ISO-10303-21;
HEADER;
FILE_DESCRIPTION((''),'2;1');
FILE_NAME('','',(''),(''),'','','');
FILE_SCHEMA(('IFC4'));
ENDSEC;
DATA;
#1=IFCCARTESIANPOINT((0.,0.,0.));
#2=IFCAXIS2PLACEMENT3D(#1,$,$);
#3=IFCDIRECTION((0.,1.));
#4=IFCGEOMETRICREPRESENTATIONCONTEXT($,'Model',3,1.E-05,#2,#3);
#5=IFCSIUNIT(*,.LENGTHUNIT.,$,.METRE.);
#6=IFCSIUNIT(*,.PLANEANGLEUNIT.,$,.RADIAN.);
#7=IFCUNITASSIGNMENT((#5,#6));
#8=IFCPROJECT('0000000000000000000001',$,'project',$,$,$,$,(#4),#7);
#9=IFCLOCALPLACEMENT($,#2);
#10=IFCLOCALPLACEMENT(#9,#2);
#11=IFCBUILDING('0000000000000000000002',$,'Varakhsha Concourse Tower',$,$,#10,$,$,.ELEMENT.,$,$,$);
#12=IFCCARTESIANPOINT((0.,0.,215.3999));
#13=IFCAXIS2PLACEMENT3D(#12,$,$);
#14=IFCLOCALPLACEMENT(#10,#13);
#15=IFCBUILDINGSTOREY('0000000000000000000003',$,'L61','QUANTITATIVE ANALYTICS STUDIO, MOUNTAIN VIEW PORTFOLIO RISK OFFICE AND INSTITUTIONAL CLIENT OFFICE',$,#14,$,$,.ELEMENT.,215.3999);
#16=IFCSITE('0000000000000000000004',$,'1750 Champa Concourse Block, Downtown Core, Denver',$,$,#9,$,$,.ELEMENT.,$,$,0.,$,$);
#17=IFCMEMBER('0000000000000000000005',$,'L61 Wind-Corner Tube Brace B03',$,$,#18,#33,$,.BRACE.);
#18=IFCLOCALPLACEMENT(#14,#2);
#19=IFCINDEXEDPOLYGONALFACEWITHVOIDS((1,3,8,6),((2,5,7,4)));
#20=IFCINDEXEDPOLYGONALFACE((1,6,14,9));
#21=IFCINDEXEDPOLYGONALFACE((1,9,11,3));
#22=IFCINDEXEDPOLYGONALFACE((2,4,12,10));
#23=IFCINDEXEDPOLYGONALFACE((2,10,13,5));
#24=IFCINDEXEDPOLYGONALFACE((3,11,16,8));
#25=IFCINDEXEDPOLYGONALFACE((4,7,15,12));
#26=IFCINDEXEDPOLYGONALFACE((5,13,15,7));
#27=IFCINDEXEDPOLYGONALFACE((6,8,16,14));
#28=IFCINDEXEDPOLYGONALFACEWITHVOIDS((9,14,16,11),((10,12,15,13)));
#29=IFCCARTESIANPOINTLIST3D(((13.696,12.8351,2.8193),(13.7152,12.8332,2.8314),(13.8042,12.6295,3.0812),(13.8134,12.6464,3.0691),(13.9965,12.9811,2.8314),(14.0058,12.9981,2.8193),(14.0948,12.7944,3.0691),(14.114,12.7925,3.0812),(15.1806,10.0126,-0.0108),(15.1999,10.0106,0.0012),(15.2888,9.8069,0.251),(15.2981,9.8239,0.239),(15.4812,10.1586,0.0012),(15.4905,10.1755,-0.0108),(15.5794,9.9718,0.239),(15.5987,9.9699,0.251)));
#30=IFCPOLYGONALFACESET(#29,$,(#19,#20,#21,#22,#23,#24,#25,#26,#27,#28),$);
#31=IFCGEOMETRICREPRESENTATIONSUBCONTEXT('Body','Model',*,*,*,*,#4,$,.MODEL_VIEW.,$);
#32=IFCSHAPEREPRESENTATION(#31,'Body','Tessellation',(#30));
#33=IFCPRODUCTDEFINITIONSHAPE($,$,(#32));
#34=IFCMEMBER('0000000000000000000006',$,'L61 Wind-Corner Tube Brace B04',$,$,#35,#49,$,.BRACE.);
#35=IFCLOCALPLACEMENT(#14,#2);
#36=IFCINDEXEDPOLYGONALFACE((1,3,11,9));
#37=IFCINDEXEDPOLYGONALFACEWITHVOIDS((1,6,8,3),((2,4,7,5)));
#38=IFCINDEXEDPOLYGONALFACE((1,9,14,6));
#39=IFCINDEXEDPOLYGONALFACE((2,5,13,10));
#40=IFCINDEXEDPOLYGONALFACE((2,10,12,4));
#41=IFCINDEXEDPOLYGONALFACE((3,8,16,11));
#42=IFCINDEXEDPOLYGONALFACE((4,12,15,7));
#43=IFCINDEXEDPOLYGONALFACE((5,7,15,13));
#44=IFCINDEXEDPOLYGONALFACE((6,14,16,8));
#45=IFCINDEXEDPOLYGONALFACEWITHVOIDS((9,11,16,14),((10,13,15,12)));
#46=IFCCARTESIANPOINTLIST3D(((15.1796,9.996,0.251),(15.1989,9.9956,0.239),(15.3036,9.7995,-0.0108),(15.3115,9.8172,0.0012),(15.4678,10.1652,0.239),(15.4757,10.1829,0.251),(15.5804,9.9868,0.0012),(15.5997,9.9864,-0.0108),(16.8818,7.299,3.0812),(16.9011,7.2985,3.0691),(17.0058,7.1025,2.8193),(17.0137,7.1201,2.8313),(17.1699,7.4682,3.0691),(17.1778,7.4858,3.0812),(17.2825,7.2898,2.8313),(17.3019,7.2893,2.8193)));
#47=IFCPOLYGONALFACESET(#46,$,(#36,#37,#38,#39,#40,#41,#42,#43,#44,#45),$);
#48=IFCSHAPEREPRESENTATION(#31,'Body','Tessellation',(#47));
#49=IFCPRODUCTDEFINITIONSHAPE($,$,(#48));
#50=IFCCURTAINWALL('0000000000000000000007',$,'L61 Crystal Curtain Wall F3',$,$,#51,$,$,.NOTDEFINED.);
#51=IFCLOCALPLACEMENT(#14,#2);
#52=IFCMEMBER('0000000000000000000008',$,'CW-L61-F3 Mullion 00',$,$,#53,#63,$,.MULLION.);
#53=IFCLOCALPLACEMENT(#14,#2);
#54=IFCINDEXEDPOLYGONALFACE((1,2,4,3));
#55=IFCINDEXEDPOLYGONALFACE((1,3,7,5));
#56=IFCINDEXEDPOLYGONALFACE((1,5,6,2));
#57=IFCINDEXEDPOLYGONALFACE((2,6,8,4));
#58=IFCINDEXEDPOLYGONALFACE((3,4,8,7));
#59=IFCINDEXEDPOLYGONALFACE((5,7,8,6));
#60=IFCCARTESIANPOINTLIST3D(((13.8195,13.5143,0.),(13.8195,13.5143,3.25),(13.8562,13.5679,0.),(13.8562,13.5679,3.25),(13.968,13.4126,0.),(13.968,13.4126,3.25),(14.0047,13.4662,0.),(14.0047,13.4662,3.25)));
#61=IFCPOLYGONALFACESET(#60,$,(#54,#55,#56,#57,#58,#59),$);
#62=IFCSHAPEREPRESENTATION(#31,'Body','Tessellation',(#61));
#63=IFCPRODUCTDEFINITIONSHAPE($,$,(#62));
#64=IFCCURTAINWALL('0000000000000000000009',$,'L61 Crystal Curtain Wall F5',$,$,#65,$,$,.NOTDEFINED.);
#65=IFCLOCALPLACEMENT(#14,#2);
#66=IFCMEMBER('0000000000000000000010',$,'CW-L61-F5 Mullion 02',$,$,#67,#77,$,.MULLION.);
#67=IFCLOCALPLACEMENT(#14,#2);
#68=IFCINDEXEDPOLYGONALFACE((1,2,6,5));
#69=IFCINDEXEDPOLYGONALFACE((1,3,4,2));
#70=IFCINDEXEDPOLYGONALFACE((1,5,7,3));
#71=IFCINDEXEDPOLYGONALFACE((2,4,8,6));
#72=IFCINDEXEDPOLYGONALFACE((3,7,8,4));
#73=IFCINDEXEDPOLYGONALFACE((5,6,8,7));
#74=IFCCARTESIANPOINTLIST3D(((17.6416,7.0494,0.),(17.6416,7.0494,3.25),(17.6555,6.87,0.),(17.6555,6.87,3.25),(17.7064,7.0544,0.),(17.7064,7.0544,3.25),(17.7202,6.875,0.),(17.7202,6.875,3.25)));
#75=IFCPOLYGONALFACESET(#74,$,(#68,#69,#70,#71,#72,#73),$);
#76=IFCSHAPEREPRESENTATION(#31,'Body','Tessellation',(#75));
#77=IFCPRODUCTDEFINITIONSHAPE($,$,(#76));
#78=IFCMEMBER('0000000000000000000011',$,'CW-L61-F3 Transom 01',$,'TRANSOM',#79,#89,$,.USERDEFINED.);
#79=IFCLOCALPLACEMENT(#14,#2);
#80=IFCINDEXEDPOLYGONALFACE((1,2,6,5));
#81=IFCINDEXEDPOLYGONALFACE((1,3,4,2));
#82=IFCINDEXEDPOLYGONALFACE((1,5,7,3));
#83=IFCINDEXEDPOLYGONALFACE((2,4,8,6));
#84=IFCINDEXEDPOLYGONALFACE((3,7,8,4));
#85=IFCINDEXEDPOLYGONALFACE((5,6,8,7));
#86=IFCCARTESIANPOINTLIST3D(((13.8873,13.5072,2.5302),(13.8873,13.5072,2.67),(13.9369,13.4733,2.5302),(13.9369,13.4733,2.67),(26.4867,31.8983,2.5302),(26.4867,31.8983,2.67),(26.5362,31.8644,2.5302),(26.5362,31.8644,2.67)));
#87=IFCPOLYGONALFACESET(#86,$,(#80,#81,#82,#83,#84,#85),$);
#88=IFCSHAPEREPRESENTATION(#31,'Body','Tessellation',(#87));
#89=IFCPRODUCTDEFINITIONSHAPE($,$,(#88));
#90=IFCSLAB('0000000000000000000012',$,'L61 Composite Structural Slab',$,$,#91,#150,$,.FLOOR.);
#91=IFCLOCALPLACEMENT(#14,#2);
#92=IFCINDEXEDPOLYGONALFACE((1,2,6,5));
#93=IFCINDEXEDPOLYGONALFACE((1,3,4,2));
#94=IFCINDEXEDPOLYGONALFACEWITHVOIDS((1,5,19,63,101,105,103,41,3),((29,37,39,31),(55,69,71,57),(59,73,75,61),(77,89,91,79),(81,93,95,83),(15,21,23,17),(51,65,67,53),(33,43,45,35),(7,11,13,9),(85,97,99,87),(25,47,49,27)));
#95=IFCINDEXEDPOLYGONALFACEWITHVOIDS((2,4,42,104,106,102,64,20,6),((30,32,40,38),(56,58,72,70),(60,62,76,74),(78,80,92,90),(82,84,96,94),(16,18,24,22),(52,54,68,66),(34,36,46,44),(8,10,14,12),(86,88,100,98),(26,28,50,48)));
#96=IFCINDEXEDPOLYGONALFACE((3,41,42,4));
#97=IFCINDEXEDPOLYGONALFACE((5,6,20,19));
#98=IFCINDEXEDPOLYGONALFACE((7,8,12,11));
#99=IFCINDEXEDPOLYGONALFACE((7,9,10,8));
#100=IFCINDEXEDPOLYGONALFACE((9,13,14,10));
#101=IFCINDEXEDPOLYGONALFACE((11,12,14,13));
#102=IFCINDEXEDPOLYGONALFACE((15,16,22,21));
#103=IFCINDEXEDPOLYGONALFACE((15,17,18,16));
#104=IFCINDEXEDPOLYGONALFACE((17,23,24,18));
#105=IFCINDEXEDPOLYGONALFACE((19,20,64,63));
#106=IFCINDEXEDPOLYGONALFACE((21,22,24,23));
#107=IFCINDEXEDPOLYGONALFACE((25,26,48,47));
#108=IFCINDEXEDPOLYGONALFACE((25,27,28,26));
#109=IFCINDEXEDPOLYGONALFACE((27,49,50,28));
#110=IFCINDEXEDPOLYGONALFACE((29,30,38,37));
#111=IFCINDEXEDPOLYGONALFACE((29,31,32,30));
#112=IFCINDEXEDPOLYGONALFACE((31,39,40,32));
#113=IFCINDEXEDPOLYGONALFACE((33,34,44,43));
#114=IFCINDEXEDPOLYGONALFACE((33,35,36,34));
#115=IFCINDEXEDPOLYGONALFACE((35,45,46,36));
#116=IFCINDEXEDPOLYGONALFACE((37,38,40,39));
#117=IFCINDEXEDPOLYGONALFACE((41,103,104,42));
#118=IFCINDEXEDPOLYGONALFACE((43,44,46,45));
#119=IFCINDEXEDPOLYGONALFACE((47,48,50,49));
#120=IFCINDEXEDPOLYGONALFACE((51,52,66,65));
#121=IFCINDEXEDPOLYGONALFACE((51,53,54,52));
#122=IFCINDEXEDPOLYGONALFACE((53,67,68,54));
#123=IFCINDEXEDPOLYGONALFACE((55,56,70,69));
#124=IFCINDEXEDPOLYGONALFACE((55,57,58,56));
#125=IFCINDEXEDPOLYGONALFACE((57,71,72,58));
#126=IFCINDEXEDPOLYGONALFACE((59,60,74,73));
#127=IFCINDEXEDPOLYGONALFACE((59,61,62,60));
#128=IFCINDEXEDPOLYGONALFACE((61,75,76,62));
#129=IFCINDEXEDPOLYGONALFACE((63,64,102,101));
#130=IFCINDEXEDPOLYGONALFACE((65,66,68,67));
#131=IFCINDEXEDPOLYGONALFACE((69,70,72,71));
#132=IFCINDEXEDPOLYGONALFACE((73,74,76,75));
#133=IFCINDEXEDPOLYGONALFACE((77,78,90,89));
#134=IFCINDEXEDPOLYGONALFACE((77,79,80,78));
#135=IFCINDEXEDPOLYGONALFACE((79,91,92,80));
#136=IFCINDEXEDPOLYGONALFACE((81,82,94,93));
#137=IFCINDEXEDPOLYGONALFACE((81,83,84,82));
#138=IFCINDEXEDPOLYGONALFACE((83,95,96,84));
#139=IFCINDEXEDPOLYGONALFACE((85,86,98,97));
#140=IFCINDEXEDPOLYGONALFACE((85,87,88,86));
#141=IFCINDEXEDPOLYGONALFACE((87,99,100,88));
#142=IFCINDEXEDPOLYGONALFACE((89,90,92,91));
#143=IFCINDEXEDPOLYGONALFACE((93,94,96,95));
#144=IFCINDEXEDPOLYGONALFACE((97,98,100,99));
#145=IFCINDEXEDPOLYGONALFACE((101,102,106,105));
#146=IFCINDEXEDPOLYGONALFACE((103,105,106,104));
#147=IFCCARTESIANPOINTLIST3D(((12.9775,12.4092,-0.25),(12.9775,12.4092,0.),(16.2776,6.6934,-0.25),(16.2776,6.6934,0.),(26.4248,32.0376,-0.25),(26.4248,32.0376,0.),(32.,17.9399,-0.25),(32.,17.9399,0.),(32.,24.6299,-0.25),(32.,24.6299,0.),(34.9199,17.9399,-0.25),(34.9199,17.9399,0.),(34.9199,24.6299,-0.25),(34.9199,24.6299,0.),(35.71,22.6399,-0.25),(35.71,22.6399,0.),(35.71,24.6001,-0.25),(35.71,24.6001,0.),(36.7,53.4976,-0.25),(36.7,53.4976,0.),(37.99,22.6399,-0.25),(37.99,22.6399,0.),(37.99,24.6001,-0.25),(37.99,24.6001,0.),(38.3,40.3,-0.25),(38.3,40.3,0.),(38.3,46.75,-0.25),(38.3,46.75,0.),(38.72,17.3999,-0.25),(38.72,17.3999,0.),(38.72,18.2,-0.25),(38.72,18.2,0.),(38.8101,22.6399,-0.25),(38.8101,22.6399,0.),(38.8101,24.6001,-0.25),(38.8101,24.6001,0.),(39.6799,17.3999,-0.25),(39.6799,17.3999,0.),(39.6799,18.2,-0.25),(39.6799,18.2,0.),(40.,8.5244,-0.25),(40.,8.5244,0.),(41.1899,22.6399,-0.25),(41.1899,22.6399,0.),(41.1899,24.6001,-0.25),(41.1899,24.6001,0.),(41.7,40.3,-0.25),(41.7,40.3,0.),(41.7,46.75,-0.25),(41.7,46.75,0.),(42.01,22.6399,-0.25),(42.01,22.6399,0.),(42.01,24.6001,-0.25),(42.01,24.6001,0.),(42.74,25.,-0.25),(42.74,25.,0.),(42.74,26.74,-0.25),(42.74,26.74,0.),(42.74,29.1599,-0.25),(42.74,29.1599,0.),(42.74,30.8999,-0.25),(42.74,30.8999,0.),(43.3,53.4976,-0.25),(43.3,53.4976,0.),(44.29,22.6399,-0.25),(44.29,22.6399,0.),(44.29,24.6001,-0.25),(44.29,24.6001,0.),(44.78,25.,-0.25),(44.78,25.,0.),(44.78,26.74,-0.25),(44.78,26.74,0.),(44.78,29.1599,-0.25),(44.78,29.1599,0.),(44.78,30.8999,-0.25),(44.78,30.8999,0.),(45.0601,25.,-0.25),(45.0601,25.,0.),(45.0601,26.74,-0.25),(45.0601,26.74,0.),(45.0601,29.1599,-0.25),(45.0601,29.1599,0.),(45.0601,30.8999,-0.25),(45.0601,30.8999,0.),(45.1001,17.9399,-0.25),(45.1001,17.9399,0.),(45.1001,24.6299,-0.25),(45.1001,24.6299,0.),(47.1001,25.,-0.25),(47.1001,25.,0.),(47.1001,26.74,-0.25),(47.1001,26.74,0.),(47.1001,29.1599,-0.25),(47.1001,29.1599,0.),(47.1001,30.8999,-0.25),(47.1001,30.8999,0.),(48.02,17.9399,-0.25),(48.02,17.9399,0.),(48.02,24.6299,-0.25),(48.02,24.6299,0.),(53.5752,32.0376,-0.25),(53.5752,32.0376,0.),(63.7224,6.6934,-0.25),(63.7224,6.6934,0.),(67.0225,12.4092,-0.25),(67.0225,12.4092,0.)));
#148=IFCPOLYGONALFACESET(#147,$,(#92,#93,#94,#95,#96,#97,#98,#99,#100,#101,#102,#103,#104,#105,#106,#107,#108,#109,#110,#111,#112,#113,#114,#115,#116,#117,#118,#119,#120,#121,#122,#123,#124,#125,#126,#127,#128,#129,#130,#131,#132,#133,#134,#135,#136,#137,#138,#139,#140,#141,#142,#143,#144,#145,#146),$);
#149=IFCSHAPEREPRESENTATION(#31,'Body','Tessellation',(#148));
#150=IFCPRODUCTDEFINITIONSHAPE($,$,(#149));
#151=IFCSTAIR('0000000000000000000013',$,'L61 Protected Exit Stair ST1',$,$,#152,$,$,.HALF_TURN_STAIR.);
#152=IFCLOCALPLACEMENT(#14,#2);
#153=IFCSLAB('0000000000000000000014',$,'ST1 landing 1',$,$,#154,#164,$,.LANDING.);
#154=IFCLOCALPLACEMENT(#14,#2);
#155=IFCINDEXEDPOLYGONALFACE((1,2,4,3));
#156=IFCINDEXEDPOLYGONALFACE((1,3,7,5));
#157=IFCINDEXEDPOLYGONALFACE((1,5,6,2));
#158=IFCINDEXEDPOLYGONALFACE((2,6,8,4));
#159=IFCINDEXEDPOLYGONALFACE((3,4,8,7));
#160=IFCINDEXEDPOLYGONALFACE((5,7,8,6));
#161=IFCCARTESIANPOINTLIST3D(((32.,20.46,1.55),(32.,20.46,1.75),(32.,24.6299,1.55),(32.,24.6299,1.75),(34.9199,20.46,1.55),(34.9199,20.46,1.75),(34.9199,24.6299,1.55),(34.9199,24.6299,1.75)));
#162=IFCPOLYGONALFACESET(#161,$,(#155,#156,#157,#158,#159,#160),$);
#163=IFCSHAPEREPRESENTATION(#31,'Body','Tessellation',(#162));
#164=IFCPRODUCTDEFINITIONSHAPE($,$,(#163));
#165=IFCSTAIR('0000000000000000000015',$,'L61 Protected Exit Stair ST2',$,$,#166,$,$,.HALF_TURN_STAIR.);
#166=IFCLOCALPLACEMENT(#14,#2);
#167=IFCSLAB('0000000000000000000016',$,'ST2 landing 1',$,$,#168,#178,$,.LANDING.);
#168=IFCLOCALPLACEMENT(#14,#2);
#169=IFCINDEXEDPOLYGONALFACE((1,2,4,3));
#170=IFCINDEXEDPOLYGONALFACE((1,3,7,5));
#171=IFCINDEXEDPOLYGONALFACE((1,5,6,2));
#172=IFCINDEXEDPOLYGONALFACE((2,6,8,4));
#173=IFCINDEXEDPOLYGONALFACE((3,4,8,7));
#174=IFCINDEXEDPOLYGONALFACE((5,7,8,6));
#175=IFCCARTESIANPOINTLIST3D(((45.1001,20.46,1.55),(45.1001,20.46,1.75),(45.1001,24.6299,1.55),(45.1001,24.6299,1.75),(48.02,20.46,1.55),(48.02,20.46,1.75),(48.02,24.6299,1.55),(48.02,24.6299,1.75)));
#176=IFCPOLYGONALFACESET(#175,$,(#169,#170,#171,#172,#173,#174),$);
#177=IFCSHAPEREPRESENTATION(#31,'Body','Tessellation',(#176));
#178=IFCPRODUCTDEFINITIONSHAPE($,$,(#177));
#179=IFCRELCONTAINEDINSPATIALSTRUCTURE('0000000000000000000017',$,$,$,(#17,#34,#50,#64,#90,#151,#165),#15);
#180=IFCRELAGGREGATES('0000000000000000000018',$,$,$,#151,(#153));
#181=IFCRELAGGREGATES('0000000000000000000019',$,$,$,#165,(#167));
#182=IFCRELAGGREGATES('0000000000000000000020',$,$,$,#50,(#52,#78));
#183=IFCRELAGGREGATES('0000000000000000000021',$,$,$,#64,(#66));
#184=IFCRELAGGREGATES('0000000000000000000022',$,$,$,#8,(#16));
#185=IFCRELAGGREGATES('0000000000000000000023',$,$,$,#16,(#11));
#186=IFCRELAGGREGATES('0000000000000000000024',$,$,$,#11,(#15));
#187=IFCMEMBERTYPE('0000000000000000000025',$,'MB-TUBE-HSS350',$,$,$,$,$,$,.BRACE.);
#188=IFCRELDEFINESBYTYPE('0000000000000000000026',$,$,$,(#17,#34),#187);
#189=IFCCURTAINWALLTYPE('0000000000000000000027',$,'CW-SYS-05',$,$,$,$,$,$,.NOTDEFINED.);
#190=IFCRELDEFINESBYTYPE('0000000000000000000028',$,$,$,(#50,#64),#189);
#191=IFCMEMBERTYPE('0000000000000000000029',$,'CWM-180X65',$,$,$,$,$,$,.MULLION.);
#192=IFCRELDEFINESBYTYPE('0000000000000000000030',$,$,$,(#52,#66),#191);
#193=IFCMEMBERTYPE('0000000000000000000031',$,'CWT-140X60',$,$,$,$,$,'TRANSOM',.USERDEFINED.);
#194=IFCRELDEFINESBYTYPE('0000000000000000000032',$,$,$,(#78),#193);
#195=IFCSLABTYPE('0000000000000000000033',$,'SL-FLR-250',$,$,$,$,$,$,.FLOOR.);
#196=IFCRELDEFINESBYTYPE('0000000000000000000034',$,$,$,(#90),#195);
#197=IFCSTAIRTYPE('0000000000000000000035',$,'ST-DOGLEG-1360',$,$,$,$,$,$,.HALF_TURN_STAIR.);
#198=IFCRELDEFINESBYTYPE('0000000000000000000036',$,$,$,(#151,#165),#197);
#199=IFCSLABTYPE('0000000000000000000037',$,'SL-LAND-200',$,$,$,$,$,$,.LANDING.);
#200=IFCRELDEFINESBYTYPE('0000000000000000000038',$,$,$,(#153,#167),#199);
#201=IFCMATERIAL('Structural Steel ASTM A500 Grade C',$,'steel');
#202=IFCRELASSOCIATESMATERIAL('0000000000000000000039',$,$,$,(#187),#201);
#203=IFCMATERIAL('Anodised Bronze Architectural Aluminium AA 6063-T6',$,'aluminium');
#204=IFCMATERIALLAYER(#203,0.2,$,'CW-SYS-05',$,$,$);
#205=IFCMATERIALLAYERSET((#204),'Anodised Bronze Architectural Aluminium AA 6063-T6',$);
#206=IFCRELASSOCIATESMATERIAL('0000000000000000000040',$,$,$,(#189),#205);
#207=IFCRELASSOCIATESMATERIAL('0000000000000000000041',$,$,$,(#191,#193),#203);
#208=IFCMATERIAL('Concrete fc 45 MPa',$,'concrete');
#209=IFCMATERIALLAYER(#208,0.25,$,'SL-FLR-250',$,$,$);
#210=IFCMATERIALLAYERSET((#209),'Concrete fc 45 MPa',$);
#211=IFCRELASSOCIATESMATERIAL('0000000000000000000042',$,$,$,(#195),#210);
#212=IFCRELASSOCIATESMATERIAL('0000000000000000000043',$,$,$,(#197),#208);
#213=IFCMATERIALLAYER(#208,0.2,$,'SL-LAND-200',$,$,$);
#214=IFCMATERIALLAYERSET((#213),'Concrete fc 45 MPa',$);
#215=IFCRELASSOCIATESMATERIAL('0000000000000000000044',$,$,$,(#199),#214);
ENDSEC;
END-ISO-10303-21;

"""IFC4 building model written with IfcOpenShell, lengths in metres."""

from ifc_helpers import new_model, si_unit, direction, frame, origin, origin_2d, place, context, subcontext, project, spatial, polyline, rectangle, hollow_rectangle, outline, extrude, source, transform, mapped, material, layer, layer_set, material_profile, profile_set, type_object, type_shapes, element, aggregate, save


model = new_model("IFC4")

# Units and contexts
model_context = context("Model", 3, precision=1e-05, world=origin(), true_north=direction((0.0, 1.0)))
body_context = subcontext(model_context, "Body", "Model", "MODEL_VIEW")
ifc_project = project(units=[si_unit("LENGTHUNIT", "METRE"), si_unit("PLANEANGLEUNIT", "RADIAN")], contexts=[model_context])

# Site, building, storey
site_placement = place(None, origin())
site = spatial("IfcSite", under=ifc_project, at=site_placement, Name="1750 Champa Concourse Block, Downtown Core, Denver", CompositionType="ELEMENT", RefElevation=0.0)
building_placement = place(site_placement, origin())
building = spatial("IfcBuilding", under=site, at=building_placement, Name="Varakhsha Concourse Tower", CompositionType="ELEMENT")
storey_placement = place(building_placement, frame((0.0, 0.0, 215.3999)))
storey = spatial("IfcBuildingStorey", under=building, at=storey_placement, Name="L61", Description="QUANTITATIVE ANALYTICS STUDIO, MOUNTAIN VIEW PORTFOLIO RISK OFFICE AND INSTITUTIONAL CLIENT OFFICE", CompositionType="ELEMENT", Elevation=215.3999)

# Members
ifc_material_1 = material(Name="Structural Steel ASTM A500 Grade C", Category="steel")
ifc_material_profile_1 = material_profile(ifc_material_1, hollow_rectangle(XDim=0.3501, YDim=0.3501, WallThickness=0.0161, at=origin_2d()), Name="HSS 350x350x16")
ifc_profile_set_1 = profile_set([ifc_material_profile_1], Name="Structural Steel ASTM A500 Grade C")
member_type_1 = type_object("IfcMemberType", Name="MB-TUBE-HSS350", PredefinedType="BRACE", material=ifc_profile_set_1)
shared_shape_1 = source(origin(), body_context, "Body", "SweptSolid", [
    extrude(hollow_rectangle(XDim=0.3501, YDim=0.3501, WallThickness=0.0161, at=origin_2d()), origin(), (0.0, 0.0, 1.0), 4.2639),
])
type_shapes(member_type_1, [shared_shape_1])
for number, where, z_axis, x_axis, name in (
    (1, (15.3896, 9.9912, 0.1201), (-0.348191, 0.66197, 0.663745), (-0.885036, -0.465522, 0.0), "L61 Wind-Corner Tube Brace B03"),
    (2, (15.3896, 9.9912, 0.1201), (0.399203, -0.632529, 0.663735), (0.845663, 0.533716, 0.0), "L61 Wind-Corner Tube Brace B04"),
):
    element("IfcMember", number, at=place(storey_placement, frame(where, z_axis=z_axis, x_axis=x_axis)), inside=storey, type_object=member_type_1, Name=name, PredefinedType="BRACE", context=body_context, shape_type="MappedRepresentation", body=[
        mapped(shared_shape_1, transform((0.0, 0.0, 0.0), scale=1.0)),
    ])

# Curtain walls, members
ifc_material_2 = material(Name="Anodised Bronze Architectural Aluminium AA 6063-T6", Category="aluminium")
ifc_layer_1 = layer(ifc_material_2, 0.2, Name="CW-SYS-05")
ifc_layer_set_1 = layer_set([ifc_layer_1], Name="Anodised Bronze Architectural Aluminium AA 6063-T6")
curtain_wall_type = type_object("IfcCurtainWallType", Name="CW-SYS-05", PredefinedType="NOTDEFINED", material=ifc_layer_set_1)
curtain_wall_1_placement = place(storey_placement, origin())
curtain_wall_1 = element("IfcCurtainWall", 3, at=curtain_wall_1_placement, inside=storey, type_object=curtain_wall_type, Name="L61 Crystal Curtain Wall F3", PredefinedType="NOTDEFINED")
ifc_material_profile_2 = material_profile(ifc_material_2, rectangle(XDim=0.0649, YDim=0.1799, at=origin_2d()), Name="CWM-180X65")
ifc_profile_set_2 = profile_set([ifc_material_profile_2], Name="Anodised Bronze Architectural Aluminium AA 6063-T6")
member_type_2 = type_object("IfcMemberType", Name="CWM-180X65", PredefinedType="MULLION", material=ifc_profile_set_2)
shared_shape_2 = source(origin(), body_context, "Body", "SweptSolid", [
    extrude(rectangle(XDim=0.0649, YDim=0.1799, at=origin_2d()), origin(), (0.0, 0.0, 1.0), 3.25),
])
type_shapes(member_type_2, [shared_shape_2])
member_1_placement = place(storey_placement, frame((13.9121, 13.4902, 0.0), z_axis=(0.0, 0.0, 1.0), x_axis=(0.565173, 0.824972, 0.0)))
member_1 = element("IfcMember", 4, at=member_1_placement, type_object=member_type_2, Name="CW-L61-F3 Mullion 00", PredefinedType="MULLION", context=body_context, shape_type="MappedRepresentation", body=[
    mapped(shared_shape_2, transform((0.0, 0.0, 0.0), scale=1.0)),
])
curtain_wall_2_placement = place(storey_placement, origin())
curtain_wall_2 = element("IfcCurtainWall", 5, at=curtain_wall_2_placement, inside=storey, type_object=curtain_wall_type, Name="L61 Crystal Curtain Wall F5", PredefinedType="NOTDEFINED")
member_2_placement = place(storey_placement, frame((17.6809, 6.9622, 0.0), z_axis=(0.0, 0.0, 1.0), x_axis=(-0.997034, -0.076961, 0.0)))
member_2 = element("IfcMember", 6, at=member_2_placement, type_object=member_type_2, Name="CW-L61-F5 Mullion 02", PredefinedType="MULLION", context=body_context, shape_type="MappedRepresentation", body=[
    mapped(shared_shape_2, transform((0.0, 0.0, 0.0), scale=1.0)),
])

# Member
ifc_material_profile_3 = material_profile(ifc_material_2, rectangle(XDim=0.0601, YDim=0.1399, at=origin_2d()), Name="CWT-140X60")
ifc_profile_set_3 = profile_set([ifc_material_profile_3], Name="Anodised Bronze Architectural Aluminium AA 6063-T6")
member_type_3 = type_object("IfcMemberType", Name="CWT-140X60", ElementType="TRANSOM", PredefinedType="USERDEFINED", material=ifc_profile_set_3)
shared_shape_3 = source(origin(), body_context, "Body", "SweptSolid", [
    extrude(rectangle(XDim=0.0601, YDim=0.1399, at=origin_2d()), origin(), (0.0, 0.0, 1.0), 22.293),
])
type_shapes(member_type_3, [shared_shape_3])
member_3_placement = place(storey_placement, frame((13.9121, 13.4902, 2.6001), z_axis=(0.565172, 0.824973, 0.0), x_axis=(-0.824973, 0.565172, 0.0)))
member_3 = element("IfcMember", 7, at=member_3_placement, type_object=member_type_3, Name="CW-L61-F3 Transom 01", ObjectType="TRANSOM", PredefinedType="USERDEFINED", context=body_context, shape_type="MappedRepresentation", body=[
    mapped(shared_shape_3, transform((0.0, 0.0, 0.0), scale=1.0)),
])

# Slab
ifc_material_3 = material(Name="Concrete fc 45 MPa", Category="concrete")
ifc_layer_2 = layer(ifc_material_3, 0.25, Name="SL-FLR-250")
ifc_layer_set_2 = layer_set([ifc_layer_2], Name="Concrete fc 45 MPa")
slab_type_1 = type_object("IfcSlabType", Name="SL-FLR-250", PredefinedType="FLOOR", material=ifc_layer_set_2)
slab_1_placement = place(storey_placement, frame((0.0, 0.0, -0.25)))
element("IfcSlab", 8, at=slab_1_placement, inside=storey, type_object=slab_type_1, Name="L61 Composite Structural Slab", PredefinedType="FLOOR", context=body_context, shape_type="SweptSolid", body=[
    extrude(outline(polyline([(43.3, 53.4976), (36.7, 53.4976), (26.4248, 32.0376), (12.9775, 12.4092), (16.2776, 6.6934), (40.0, 8.5244), (63.7224, 6.6934), (67.0225, 12.4092), (53.5752, 32.0376), (43.3, 53.4976)]), holes=[polyline([(34.9199, 17.9399), (34.9199, 24.6299), (32.0, 24.6299), (32.0, 17.9399), (34.9199, 17.9399)]), polyline([(48.02, 17.9399), (48.02, 24.6299), (45.1001, 24.6299), (45.1001, 17.9399), (48.02, 17.9399)]), polyline([(41.7, 40.3), (41.7, 46.75), (38.3, 46.75), (38.3, 40.3), (41.7, 40.3)]), polyline([(42.74, 29.1599), (44.78, 29.1599), (44.78, 30.8999), (42.74, 30.8999), (42.74, 29.1599)]), polyline([(45.0601, 29.1599), (47.1001, 29.1599), (47.1001, 30.8999), (45.0601, 30.8999), (45.0601, 29.1599)]), polyline([(42.74, 25.0), (44.78, 25.0), (44.78, 26.74), (42.74, 26.74), (42.74, 25.0)]), polyline([(45.0601, 25.0), (47.1001, 25.0), (47.1001, 26.74), (45.0601, 26.74), (45.0601, 25.0)]), polyline([(35.71, 22.6399), (37.99, 22.6399), (37.99, 24.6001), (35.71, 24.6001), (35.71, 22.6399)]), polyline([(42.01, 22.6399), (44.29, 22.6399), (44.29, 24.6001), (42.01, 24.6001), (42.01, 22.6399)]), polyline([(38.8101, 22.6399), (41.1899, 22.6399), (41.1899, 24.6001), (38.8101, 24.6001), (38.8101, 22.6399)]), polyline([(38.72, 17.3999), (39.6799, 17.3999), (39.6799, 18.2), (38.72, 18.2), (38.72, 17.3999)])]), origin(), (0.0, 0.0, 1.0), 0.25),
])

# Stairs, slabs
stair_type_1 = type_object("IfcStairType", Name="ST-DOGLEG-1360", PredefinedType="HALF_TURN_STAIR", material=ifc_material_3)
stair_1_placement = place(storey_placement, origin())
stair_1 = element("IfcStair", 9, at=stair_1_placement, inside=storey, type_object=stair_type_1, Name="L61 Protected Exit Stair ST1", PredefinedType="HALF_TURN_STAIR")
ifc_layer_3 = layer(ifc_material_3, 0.2, Name="SL-LAND-200")
ifc_layer_set_3 = layer_set([ifc_layer_3], Name="Concrete fc 45 MPa")
slab_type_2 = type_object("IfcSlabType", Name="SL-LAND-200", PredefinedType="LANDING", material=ifc_layer_set_3)
slab_2_placement = place(storey_placement, frame((0.0, 0.0, 1.55)))
slab_2 = element("IfcSlab", 10, at=slab_2_placement, type_object=slab_type_2, Name="ST1 landing 1", PredefinedType="LANDING", context=body_context, shape_type="SweptSolid", body=[
    extrude(outline(polyline([(34.9199, 20.46), (34.9199, 24.6299), (32.0, 24.6299), (32.0, 20.46), (34.9199, 20.46)])), origin(), (0.0, 0.0, 1.0), 0.2),
])
aggregate(stair_1, [slab_2])
stair_2_placement = place(storey_placement, origin())
stair_2 = element("IfcStair", 11, at=stair_2_placement, inside=storey, type_object=stair_type_1, Name="L61 Protected Exit Stair ST2", PredefinedType="HALF_TURN_STAIR")
slab_3_placement = place(storey_placement, frame((0.0, 0.0, 1.55)))
slab_3 = element("IfcSlab", 12, at=slab_3_placement, type_object=slab_type_2, Name="ST2 landing 1", PredefinedType="LANDING", context=body_context, shape_type="SweptSolid", body=[
    extrude(outline(polyline([(48.02, 20.46), (48.02, 24.6299), (45.1001, 24.6299), (45.1001, 20.46), (48.02, 20.46)])), origin(), (0.0, 0.0, 1.0), 0.2),
])
aggregate(stair_2, [slab_3])

aggregate(curtain_wall_1, [member_1, member_3])
aggregate(curtain_wall_2, [member_2])

save(model, "model.ifc")
